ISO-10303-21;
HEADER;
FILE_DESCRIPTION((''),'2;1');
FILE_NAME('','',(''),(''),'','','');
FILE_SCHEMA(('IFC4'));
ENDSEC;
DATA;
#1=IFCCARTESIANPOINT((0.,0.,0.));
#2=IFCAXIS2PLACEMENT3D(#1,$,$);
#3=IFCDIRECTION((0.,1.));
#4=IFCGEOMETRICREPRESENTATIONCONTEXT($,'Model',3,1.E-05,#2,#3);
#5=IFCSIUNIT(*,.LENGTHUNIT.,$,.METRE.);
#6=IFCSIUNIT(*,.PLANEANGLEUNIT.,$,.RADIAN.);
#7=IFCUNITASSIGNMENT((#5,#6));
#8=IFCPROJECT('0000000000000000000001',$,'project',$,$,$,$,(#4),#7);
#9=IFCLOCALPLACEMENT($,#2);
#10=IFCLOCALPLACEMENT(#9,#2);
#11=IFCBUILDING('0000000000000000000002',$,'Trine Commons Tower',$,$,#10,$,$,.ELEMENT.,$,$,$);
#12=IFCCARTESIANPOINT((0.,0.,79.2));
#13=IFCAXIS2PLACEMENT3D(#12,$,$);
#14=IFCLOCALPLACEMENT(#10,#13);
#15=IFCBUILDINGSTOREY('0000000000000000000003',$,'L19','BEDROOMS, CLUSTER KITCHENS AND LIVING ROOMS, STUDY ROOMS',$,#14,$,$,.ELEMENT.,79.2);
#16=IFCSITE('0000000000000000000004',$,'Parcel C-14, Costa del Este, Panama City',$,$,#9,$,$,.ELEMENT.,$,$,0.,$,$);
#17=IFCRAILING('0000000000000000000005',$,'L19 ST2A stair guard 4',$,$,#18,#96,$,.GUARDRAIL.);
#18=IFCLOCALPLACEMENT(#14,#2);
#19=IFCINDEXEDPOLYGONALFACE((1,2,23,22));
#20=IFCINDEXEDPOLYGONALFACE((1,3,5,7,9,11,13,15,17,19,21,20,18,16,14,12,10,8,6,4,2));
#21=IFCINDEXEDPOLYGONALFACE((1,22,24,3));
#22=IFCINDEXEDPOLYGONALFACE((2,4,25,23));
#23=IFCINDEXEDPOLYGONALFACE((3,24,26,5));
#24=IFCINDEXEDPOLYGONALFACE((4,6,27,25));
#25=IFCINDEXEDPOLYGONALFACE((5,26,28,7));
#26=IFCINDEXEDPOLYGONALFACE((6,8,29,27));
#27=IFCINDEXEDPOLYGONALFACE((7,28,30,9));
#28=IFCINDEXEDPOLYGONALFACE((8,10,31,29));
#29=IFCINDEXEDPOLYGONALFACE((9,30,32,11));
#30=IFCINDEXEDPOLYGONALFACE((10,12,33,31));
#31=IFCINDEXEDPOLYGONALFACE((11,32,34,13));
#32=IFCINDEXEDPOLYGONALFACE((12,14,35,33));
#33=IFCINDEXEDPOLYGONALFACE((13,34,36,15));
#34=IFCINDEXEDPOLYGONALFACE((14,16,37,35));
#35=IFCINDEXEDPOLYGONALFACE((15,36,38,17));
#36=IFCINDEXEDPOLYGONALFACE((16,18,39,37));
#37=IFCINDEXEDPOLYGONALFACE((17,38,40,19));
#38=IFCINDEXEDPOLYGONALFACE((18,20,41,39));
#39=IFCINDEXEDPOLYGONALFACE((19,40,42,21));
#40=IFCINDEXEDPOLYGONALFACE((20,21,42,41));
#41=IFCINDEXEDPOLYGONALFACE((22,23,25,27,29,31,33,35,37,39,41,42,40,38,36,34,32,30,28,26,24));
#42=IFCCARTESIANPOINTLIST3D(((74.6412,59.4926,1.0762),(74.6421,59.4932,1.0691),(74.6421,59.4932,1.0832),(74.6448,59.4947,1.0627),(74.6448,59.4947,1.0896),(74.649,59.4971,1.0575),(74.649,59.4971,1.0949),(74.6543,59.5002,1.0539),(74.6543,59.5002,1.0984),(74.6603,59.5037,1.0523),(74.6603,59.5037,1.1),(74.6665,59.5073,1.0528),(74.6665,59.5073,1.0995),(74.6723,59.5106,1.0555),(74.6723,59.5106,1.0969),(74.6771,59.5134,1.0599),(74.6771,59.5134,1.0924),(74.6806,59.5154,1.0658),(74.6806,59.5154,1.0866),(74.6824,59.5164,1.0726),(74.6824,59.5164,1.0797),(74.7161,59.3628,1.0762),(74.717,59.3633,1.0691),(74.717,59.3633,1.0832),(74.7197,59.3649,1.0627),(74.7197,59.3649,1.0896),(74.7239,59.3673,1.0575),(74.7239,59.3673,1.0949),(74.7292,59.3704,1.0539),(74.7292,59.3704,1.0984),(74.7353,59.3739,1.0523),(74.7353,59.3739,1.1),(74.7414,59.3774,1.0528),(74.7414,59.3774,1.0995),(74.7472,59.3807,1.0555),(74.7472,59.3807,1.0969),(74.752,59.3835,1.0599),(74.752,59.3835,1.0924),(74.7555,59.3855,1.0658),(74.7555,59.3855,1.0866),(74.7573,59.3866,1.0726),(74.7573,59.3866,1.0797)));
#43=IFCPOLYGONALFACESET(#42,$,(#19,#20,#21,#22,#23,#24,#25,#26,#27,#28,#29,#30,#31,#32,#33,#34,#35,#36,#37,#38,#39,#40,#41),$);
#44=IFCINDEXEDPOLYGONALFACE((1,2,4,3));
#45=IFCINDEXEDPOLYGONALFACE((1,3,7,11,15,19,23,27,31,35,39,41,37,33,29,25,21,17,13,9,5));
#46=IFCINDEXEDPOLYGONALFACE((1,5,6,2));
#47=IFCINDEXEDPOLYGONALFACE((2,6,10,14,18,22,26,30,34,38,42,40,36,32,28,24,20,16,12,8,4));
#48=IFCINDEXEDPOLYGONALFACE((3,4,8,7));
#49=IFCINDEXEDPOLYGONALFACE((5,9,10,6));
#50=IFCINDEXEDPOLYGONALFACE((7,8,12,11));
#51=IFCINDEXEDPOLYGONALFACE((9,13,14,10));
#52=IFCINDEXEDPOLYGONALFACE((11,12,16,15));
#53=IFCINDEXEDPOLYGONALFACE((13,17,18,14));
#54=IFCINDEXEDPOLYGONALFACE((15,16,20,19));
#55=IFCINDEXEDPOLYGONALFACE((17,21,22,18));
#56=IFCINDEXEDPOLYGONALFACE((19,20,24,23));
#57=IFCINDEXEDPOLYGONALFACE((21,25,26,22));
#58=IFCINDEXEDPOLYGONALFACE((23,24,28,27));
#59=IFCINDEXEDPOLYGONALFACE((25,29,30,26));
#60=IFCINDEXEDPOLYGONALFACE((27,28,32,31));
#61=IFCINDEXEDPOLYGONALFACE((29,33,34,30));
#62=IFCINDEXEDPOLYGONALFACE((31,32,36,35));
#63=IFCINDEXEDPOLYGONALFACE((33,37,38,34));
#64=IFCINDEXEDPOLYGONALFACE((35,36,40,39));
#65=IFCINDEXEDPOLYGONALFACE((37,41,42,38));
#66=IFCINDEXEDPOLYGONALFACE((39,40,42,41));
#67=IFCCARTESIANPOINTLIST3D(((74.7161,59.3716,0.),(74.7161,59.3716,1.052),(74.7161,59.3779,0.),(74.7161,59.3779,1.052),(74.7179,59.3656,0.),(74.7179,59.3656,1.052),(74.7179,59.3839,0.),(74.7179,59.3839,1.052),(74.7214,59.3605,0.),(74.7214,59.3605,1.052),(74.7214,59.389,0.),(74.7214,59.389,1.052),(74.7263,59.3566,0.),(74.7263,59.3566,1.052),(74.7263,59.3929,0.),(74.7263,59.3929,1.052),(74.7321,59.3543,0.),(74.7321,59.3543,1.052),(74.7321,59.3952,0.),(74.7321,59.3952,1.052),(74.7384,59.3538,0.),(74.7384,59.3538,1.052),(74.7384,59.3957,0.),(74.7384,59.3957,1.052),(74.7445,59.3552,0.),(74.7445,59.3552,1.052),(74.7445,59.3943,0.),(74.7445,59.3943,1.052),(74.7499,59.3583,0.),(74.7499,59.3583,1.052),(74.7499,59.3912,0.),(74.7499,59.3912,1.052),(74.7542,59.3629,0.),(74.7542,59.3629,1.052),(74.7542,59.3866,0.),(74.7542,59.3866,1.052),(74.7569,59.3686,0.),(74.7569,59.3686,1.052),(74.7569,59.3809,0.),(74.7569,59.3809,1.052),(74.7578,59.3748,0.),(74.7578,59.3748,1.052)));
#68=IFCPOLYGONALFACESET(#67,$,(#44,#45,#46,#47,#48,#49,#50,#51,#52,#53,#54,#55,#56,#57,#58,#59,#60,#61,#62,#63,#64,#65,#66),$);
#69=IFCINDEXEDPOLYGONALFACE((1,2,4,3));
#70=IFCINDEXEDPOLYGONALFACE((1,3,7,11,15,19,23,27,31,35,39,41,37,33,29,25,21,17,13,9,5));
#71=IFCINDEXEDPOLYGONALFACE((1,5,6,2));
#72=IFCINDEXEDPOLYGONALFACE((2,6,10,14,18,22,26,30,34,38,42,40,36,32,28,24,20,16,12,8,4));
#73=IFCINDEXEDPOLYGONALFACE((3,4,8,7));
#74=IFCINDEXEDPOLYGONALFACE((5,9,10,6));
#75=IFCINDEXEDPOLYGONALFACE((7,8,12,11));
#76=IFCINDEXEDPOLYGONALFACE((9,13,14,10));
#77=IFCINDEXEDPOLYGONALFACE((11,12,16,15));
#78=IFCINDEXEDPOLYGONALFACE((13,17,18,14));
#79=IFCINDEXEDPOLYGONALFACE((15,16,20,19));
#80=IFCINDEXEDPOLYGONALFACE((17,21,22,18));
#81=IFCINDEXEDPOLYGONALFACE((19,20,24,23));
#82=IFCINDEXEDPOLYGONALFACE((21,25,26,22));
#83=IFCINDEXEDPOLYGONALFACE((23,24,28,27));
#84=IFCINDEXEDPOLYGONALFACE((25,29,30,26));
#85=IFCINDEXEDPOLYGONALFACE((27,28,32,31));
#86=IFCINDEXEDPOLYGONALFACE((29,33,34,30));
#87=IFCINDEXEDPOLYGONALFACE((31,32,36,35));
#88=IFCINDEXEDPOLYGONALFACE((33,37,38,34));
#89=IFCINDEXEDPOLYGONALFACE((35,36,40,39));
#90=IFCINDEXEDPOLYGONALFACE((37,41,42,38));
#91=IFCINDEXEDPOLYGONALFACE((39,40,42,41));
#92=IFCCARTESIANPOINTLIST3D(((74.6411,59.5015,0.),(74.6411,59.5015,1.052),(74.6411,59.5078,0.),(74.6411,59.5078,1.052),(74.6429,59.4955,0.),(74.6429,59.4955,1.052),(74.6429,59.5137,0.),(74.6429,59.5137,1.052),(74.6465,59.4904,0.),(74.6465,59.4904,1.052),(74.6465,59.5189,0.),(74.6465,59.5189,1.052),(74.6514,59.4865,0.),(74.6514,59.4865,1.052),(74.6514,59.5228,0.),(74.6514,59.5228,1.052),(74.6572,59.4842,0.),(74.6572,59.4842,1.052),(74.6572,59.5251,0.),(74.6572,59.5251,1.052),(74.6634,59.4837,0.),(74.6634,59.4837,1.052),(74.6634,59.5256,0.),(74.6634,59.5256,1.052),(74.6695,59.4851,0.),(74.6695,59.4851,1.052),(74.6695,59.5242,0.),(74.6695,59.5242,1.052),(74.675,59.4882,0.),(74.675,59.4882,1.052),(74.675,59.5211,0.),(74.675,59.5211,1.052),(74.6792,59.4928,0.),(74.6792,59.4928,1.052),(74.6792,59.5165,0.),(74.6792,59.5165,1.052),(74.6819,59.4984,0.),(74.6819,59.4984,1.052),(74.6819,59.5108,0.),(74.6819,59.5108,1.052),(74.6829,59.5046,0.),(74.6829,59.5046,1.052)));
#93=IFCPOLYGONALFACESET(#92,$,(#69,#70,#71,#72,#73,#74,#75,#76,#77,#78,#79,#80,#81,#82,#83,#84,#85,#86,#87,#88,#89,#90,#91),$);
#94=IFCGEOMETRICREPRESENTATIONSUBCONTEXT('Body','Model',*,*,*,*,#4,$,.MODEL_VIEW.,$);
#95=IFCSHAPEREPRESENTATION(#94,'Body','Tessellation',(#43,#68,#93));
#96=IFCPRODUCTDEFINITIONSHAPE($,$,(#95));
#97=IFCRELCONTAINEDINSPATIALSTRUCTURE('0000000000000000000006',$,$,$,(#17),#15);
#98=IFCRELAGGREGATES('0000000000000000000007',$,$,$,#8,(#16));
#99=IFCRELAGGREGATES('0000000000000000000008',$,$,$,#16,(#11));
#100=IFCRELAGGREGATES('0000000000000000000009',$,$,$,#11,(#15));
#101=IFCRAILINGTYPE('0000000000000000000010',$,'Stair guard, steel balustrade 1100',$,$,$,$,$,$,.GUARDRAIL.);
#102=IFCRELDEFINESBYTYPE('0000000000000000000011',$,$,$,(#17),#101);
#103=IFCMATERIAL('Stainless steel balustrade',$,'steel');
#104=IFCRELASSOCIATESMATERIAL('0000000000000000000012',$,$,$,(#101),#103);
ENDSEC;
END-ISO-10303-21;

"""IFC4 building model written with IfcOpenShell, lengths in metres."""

from ifc_helpers import new_model, si_unit, direction, frame, origin, origin_2d, place, context, subcontext, project, spatial, circle, extrude, material, type_object, element, save


model = new_model("IFC4")

# Units and contexts
model_context = context("Model", 3, precision=1e-05, world=origin(), true_north=direction((0.0, 1.0)))
body_context = subcontext(model_context, "Body", "Model", "MODEL_VIEW")
ifc_project = project(units=[si_unit("LENGTHUNIT", "METRE"), si_unit("PLANEANGLEUNIT", "RADIAN")], contexts=[model_context])

# Site, building, storey
site_placement = place(None, origin())
site = spatial("IfcSite", under=ifc_project, at=site_placement, Name="Parcel C-14, Costa del Este, Panama City", CompositionType="ELEMENT", RefElevation=0.0)
building_placement = place(site_placement, origin())
building = spatial("IfcBuilding", under=site, at=building_placement, Name="Trine Commons Tower", CompositionType="ELEMENT")
storey_placement = place(building_placement, frame((0.0, 0.0, 79.2)))
storey = spatial("IfcBuildingStorey", under=building, at=storey_placement, Name="L19", Description="BEDROOMS, CLUSTER KITCHENS AND LIVING ROOMS, STUDY ROOMS", CompositionType="ELEMENT", Elevation=79.2)

# Railing
ifc_material_1 = material(Name="Stainless steel balustrade", Category="steel")
railing_type = type_object("IfcRailingType", Name="Stair guard, steel balustrade 1100", PredefinedType="GUARDRAIL", material=ifc_material_1)
railing_1_placement = place(storey_placement, frame((74.7368, 59.3748, 0.0)))
element("IfcRailing", 1, at=railing_1_placement, inside=storey, type_object=railing_type, Name="L19 ST2A stair guard 4", PredefinedType="GUARDRAIL", context=body_context, shape_type="SweptSolid", body=[
    extrude(circle(Radius=0.0239, at=origin_2d()), frame((0.0, 0.0, 1.0762), z_axis=(-0.499816, 0.866131, 0.0), x_axis=(-0.866131, -0.499816, 0.0)), (0.0, 0.0, 1.0), 0.1499),
    extrude(circle(Radius=0.021, at=origin_2d()), origin(), (0.0, 0.0, 1.0), 1.052),
    extrude(circle(Radius=0.021, at=origin_2d()), frame((-0.075, 0.1299, 0.0)), (0.0, 0.0, 1.0), 1.052),
])

save(model, "model.ifc")
